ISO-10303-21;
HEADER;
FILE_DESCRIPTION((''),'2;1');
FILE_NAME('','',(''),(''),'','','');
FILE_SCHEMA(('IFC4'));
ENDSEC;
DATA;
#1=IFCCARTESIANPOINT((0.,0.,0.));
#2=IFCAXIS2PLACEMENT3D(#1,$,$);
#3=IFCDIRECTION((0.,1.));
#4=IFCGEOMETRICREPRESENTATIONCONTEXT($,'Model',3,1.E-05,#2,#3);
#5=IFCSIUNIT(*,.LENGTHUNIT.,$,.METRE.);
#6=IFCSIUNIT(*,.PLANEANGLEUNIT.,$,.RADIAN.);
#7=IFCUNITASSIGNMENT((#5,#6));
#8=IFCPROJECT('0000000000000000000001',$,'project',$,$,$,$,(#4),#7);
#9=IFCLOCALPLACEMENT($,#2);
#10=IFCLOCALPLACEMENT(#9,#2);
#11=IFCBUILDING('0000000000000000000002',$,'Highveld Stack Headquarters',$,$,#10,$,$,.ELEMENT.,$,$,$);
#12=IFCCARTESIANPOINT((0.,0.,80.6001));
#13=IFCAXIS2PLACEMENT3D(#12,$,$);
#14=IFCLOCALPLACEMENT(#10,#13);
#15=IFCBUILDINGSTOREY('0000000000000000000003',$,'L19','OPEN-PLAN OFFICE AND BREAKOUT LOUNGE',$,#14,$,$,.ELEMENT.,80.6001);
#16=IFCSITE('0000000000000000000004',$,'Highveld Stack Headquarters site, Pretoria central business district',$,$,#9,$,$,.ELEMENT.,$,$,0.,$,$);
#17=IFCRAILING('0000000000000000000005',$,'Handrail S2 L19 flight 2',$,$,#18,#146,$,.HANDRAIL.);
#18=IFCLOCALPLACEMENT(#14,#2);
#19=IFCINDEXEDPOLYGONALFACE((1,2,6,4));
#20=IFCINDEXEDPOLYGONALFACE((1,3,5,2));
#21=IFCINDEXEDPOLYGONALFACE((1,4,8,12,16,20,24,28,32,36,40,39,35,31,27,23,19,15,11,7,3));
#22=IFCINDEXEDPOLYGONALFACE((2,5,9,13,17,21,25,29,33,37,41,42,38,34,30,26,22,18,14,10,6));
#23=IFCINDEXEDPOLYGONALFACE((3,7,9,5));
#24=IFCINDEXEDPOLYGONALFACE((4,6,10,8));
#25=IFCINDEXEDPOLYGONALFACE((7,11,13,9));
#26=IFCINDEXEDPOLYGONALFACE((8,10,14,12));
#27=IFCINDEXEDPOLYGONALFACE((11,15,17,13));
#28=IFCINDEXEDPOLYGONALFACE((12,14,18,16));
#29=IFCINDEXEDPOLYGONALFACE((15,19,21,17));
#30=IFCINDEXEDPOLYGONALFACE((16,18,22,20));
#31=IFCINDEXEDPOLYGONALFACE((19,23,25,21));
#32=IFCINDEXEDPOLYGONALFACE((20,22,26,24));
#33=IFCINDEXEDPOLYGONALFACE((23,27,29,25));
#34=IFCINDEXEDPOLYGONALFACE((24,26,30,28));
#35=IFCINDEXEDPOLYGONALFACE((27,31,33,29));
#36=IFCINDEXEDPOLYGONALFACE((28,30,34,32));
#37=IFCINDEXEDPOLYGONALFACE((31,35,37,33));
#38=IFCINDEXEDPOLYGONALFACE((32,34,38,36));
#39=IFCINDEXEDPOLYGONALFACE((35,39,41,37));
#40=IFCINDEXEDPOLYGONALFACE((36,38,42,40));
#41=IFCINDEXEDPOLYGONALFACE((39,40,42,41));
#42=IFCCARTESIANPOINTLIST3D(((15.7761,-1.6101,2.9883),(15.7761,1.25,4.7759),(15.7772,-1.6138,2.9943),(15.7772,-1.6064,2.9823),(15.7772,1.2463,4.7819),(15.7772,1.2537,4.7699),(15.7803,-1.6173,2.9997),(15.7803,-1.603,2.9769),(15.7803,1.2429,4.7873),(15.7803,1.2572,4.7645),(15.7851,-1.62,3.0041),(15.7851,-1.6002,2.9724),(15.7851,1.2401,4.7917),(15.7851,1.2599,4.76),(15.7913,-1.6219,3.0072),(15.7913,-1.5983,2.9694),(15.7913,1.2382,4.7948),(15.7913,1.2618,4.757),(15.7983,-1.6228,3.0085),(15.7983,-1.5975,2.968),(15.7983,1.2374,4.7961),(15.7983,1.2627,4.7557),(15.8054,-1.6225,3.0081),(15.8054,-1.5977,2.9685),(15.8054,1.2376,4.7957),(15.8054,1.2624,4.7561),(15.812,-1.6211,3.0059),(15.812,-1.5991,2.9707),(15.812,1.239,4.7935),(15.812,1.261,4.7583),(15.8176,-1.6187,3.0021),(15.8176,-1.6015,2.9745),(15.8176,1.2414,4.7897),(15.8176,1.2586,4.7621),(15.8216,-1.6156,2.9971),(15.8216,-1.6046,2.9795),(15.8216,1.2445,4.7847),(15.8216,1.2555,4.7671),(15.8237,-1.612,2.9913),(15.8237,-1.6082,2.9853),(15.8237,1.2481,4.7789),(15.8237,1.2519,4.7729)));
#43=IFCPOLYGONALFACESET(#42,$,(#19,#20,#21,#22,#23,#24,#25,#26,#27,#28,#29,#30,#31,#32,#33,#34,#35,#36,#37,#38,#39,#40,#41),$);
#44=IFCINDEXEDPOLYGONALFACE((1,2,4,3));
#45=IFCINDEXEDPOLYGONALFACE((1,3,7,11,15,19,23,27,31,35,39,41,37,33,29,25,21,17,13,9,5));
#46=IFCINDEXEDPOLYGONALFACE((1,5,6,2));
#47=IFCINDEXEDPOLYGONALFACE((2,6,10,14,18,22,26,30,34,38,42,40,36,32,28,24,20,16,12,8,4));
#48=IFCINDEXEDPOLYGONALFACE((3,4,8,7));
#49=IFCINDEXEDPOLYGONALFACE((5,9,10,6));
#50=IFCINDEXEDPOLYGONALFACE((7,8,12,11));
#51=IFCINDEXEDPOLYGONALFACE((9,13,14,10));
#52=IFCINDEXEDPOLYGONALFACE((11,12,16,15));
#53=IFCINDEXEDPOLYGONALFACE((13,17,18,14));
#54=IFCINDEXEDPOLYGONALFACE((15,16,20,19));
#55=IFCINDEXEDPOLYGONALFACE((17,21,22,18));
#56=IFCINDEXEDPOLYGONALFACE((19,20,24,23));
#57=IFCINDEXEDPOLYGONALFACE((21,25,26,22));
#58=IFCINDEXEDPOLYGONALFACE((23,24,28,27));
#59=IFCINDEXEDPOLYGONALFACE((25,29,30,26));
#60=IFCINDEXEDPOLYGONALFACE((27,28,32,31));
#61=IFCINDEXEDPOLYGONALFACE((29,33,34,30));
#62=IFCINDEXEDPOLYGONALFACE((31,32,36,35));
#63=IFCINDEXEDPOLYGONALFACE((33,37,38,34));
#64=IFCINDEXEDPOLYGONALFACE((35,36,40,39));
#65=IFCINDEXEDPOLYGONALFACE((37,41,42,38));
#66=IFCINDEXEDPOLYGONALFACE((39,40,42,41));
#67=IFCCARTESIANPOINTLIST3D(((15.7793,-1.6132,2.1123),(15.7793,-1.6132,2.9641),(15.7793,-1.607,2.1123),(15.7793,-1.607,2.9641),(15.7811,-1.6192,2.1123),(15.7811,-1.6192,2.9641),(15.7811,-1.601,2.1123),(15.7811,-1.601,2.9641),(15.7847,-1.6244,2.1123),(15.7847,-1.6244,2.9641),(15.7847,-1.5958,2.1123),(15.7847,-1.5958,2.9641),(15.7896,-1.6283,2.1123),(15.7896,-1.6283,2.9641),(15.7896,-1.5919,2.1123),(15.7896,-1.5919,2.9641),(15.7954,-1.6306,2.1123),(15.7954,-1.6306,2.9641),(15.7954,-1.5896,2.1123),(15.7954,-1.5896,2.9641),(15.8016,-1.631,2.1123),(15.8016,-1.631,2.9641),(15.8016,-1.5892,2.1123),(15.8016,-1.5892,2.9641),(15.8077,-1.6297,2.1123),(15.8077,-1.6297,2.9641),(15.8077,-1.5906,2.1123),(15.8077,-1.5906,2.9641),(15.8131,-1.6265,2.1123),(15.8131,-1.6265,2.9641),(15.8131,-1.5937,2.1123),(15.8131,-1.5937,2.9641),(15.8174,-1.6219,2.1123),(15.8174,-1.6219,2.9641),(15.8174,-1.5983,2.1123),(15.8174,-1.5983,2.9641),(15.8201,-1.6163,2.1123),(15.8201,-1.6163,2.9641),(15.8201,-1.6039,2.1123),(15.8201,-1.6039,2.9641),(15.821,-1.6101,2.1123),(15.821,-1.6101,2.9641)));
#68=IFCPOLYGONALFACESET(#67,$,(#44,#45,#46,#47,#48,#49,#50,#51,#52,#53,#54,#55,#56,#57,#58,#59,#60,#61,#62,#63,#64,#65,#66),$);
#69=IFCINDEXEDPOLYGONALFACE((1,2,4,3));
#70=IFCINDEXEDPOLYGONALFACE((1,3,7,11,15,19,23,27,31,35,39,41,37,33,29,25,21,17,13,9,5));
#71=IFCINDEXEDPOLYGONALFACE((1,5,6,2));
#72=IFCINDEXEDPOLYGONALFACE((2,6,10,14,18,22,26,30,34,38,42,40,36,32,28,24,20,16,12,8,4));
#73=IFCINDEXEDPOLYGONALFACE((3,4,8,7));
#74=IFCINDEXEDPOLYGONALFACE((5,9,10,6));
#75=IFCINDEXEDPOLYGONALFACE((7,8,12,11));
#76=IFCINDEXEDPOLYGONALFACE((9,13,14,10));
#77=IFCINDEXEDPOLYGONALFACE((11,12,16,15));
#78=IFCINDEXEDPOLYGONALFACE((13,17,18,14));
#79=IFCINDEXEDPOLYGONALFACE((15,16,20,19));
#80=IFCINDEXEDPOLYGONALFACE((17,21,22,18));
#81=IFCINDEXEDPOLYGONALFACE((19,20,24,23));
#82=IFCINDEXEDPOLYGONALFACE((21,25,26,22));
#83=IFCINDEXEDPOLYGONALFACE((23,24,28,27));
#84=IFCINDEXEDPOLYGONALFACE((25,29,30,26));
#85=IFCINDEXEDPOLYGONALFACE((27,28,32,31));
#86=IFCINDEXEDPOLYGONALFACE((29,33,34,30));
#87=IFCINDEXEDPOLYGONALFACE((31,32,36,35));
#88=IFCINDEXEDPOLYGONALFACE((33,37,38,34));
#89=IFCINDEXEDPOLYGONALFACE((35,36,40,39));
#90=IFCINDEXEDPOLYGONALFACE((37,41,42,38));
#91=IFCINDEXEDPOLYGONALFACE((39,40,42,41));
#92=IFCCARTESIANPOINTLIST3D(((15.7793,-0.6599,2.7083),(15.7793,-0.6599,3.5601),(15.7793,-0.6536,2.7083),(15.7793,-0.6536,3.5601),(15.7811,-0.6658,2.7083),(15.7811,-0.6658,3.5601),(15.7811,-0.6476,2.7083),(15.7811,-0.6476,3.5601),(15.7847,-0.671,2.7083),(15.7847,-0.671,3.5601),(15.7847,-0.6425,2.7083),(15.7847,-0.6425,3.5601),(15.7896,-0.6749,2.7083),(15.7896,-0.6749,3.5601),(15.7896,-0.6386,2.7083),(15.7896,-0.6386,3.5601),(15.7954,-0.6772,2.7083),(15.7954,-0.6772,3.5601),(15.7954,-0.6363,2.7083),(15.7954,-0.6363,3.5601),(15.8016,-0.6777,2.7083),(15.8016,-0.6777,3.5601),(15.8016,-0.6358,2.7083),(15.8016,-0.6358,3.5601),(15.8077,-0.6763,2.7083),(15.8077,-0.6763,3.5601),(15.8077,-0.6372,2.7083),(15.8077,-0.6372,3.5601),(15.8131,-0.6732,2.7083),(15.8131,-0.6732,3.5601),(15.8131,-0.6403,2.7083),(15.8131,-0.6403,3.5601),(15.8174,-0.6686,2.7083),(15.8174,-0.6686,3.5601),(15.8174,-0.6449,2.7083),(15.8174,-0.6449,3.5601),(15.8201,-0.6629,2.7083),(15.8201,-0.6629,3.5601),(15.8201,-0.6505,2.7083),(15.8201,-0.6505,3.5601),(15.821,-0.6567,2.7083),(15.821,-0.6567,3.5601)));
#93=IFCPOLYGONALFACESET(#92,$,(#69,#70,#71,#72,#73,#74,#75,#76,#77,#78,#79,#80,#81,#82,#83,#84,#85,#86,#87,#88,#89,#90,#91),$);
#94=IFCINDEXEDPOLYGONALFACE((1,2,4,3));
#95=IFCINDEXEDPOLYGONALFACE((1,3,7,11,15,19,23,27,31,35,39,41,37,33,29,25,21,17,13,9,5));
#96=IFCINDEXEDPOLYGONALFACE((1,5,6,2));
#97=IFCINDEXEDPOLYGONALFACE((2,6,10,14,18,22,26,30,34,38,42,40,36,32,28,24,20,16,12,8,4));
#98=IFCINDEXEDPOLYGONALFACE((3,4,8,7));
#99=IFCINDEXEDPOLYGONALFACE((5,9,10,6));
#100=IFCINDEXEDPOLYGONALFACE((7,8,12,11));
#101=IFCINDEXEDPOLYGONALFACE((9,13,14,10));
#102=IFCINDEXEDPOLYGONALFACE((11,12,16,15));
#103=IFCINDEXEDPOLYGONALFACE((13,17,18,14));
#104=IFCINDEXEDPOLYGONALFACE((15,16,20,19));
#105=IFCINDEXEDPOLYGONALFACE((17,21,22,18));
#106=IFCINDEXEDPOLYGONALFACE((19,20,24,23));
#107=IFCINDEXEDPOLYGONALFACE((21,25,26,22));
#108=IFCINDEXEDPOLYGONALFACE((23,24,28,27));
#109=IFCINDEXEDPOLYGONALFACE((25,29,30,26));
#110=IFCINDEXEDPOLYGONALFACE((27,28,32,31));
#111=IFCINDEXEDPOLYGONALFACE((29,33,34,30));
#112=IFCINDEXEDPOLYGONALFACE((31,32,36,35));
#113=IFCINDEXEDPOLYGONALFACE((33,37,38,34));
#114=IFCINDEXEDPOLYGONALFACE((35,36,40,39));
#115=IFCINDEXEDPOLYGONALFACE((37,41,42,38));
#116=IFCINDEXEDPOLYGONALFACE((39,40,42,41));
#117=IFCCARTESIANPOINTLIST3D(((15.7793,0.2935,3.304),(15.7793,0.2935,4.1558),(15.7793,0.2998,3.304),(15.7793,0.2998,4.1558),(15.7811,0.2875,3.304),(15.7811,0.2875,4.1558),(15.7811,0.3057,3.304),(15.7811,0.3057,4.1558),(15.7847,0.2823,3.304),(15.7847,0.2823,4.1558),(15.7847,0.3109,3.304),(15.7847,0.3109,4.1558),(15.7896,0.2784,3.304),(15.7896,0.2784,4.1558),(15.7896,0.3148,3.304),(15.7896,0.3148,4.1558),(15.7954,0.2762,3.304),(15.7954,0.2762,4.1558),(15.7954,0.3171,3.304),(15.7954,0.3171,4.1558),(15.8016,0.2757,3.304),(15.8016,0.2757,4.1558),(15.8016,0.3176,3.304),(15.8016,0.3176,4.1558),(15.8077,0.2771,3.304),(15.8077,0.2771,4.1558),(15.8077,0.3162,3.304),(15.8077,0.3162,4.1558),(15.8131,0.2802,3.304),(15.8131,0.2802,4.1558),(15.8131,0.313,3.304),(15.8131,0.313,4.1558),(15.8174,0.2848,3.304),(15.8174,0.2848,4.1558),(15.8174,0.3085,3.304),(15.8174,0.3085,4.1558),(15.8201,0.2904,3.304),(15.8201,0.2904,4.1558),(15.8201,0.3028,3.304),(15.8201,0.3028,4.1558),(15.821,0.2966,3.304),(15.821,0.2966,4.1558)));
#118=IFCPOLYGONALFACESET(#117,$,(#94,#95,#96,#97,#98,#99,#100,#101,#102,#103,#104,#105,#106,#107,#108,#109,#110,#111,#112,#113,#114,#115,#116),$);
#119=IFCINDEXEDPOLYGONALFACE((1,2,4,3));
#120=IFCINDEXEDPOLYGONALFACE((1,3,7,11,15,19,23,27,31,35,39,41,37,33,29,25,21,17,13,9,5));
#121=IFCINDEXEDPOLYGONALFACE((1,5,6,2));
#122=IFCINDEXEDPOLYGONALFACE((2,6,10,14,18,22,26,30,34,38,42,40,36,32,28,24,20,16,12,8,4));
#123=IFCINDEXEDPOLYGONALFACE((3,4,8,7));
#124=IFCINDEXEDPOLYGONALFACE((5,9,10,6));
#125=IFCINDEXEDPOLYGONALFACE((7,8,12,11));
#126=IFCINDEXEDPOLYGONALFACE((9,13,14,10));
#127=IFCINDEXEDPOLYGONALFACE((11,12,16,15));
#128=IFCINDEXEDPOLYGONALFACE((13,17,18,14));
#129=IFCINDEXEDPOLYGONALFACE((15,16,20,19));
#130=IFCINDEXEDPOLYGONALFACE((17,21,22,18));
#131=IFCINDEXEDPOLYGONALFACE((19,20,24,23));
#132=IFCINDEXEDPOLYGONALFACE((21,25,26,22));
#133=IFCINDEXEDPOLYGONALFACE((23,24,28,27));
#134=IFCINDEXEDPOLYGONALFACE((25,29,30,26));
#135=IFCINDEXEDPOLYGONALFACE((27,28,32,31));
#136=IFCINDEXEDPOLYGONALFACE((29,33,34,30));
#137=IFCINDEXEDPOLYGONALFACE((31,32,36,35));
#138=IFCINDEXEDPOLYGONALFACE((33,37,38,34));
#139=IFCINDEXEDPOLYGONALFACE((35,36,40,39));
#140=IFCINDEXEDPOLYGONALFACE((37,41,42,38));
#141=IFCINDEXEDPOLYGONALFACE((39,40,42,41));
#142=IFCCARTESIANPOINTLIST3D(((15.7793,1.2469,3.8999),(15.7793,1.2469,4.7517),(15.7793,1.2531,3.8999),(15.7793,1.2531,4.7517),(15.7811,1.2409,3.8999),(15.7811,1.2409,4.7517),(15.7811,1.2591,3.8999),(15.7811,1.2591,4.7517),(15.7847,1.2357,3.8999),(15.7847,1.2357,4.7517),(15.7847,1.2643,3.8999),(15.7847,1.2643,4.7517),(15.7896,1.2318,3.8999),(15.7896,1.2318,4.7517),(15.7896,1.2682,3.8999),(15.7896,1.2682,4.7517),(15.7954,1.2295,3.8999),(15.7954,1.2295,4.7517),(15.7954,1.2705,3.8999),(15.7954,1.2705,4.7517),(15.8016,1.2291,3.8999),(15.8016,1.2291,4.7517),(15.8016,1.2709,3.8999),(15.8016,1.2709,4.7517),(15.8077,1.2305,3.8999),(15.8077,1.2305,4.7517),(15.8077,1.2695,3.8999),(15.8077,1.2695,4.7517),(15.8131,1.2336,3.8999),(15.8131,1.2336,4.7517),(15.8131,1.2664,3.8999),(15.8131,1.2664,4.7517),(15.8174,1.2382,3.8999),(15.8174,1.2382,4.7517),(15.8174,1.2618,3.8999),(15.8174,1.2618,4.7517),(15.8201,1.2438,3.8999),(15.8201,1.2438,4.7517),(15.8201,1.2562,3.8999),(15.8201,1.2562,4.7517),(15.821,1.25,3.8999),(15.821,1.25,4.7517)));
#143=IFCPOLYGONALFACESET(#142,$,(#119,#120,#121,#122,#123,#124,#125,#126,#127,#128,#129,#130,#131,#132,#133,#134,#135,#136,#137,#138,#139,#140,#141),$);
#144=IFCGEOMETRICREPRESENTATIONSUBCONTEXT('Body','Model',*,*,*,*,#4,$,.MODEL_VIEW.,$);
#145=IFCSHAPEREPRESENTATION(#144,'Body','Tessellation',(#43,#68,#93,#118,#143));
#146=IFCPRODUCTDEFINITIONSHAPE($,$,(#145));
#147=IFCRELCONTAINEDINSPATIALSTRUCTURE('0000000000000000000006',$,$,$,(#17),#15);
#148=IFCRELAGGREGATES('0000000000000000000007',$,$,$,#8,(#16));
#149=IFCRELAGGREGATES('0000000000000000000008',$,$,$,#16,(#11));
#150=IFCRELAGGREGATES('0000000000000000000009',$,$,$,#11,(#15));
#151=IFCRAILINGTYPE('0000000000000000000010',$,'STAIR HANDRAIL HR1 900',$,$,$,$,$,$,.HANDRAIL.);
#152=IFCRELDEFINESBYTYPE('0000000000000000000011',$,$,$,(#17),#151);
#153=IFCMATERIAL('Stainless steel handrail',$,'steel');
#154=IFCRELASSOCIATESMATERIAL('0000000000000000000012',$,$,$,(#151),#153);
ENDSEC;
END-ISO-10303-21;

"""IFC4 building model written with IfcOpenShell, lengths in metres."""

from ifc_helpers import new_model, si_unit, direction, frame, origin, origin_2d, place, context, subcontext, project, spatial, circle, extrude, material, type_object, element, save


model = new_model("IFC4")

# Units and contexts
model_context = context("Model", 3, precision=1e-05, world=origin(), true_north=direction((0.0, 1.0)))
body_context = subcontext(model_context, "Body", "Model", "MODEL_VIEW")
ifc_project = project(units=[si_unit("LENGTHUNIT", "METRE"), si_unit("PLANEANGLEUNIT", "RADIAN")], contexts=[model_context])

# Site, building, storey
site_placement = place(None, origin())
site = spatial("IfcSite", under=ifc_project, at=site_placement, Name="Highveld Stack Headquarters site, Pretoria central business district", CompositionType="ELEMENT", RefElevation=0.0)
building_placement = place(site_placement, origin())
building = spatial("IfcBuilding", under=site, at=building_placement, Name="Highveld Stack Headquarters", CompositionType="ELEMENT")
storey_placement = place(building_placement, frame((0.0, 0.0, 80.6001)))
storey = spatial("IfcBuildingStorey", under=building, at=storey_placement, Name="L19", Description="OPEN-PLAN OFFICE AND BREAKOUT LOUNGE", CompositionType="ELEMENT", Elevation=80.6001)

# Railing
ifc_material_1 = material(Name="Stainless steel handrail", Category="steel")
railing_type = type_object("IfcRailingType", Name="STAIR HANDRAIL HR1 900", PredefinedType="HANDRAIL", material=ifc_material_1)
for number, where, name in (
    (1, (15.8, -1.6101, 2.1123), "Handrail S2 L19 flight 2"),
):
    element("IfcRailing", number, at=place(storey_placement, frame(where)), inside=storey, type_object=railing_type, Name=name, PredefinedType="HANDRAIL", context=body_context, shape_type="SweptSolid", body=[
        extrude(circle(Radius=0.0239, at=origin_2d()), frame((0.0, 0.0, 0.876), z_axis=(0.0, 0.847994, 0.530005), x_axis=(-1.0, 0.0, 0.0)), (0.0, 0.0, 1.0), 3.3728),
        extrude(circle(Radius=0.021, at=origin_2d()), origin(), (0.0, 0.0, 1.0), 0.8518),
        extrude(circle(Radius=0.021, at=origin_2d()), frame((0.0, 0.9534, 0.5959)), (0.0, 0.0, 1.0), 0.8518),
        extrude(circle(Radius=0.021, at=origin_2d()), frame((0.0, 1.9067, 1.1917)), (0.0, 0.0, 1.0), 0.8518),
        extrude(circle(Radius=0.021, at=origin_2d()), frame((0.0, 2.8601, 1.7876)), (0.0, 0.0, 1.0), 0.8518),
    ])

save(model, "model.ifc")
